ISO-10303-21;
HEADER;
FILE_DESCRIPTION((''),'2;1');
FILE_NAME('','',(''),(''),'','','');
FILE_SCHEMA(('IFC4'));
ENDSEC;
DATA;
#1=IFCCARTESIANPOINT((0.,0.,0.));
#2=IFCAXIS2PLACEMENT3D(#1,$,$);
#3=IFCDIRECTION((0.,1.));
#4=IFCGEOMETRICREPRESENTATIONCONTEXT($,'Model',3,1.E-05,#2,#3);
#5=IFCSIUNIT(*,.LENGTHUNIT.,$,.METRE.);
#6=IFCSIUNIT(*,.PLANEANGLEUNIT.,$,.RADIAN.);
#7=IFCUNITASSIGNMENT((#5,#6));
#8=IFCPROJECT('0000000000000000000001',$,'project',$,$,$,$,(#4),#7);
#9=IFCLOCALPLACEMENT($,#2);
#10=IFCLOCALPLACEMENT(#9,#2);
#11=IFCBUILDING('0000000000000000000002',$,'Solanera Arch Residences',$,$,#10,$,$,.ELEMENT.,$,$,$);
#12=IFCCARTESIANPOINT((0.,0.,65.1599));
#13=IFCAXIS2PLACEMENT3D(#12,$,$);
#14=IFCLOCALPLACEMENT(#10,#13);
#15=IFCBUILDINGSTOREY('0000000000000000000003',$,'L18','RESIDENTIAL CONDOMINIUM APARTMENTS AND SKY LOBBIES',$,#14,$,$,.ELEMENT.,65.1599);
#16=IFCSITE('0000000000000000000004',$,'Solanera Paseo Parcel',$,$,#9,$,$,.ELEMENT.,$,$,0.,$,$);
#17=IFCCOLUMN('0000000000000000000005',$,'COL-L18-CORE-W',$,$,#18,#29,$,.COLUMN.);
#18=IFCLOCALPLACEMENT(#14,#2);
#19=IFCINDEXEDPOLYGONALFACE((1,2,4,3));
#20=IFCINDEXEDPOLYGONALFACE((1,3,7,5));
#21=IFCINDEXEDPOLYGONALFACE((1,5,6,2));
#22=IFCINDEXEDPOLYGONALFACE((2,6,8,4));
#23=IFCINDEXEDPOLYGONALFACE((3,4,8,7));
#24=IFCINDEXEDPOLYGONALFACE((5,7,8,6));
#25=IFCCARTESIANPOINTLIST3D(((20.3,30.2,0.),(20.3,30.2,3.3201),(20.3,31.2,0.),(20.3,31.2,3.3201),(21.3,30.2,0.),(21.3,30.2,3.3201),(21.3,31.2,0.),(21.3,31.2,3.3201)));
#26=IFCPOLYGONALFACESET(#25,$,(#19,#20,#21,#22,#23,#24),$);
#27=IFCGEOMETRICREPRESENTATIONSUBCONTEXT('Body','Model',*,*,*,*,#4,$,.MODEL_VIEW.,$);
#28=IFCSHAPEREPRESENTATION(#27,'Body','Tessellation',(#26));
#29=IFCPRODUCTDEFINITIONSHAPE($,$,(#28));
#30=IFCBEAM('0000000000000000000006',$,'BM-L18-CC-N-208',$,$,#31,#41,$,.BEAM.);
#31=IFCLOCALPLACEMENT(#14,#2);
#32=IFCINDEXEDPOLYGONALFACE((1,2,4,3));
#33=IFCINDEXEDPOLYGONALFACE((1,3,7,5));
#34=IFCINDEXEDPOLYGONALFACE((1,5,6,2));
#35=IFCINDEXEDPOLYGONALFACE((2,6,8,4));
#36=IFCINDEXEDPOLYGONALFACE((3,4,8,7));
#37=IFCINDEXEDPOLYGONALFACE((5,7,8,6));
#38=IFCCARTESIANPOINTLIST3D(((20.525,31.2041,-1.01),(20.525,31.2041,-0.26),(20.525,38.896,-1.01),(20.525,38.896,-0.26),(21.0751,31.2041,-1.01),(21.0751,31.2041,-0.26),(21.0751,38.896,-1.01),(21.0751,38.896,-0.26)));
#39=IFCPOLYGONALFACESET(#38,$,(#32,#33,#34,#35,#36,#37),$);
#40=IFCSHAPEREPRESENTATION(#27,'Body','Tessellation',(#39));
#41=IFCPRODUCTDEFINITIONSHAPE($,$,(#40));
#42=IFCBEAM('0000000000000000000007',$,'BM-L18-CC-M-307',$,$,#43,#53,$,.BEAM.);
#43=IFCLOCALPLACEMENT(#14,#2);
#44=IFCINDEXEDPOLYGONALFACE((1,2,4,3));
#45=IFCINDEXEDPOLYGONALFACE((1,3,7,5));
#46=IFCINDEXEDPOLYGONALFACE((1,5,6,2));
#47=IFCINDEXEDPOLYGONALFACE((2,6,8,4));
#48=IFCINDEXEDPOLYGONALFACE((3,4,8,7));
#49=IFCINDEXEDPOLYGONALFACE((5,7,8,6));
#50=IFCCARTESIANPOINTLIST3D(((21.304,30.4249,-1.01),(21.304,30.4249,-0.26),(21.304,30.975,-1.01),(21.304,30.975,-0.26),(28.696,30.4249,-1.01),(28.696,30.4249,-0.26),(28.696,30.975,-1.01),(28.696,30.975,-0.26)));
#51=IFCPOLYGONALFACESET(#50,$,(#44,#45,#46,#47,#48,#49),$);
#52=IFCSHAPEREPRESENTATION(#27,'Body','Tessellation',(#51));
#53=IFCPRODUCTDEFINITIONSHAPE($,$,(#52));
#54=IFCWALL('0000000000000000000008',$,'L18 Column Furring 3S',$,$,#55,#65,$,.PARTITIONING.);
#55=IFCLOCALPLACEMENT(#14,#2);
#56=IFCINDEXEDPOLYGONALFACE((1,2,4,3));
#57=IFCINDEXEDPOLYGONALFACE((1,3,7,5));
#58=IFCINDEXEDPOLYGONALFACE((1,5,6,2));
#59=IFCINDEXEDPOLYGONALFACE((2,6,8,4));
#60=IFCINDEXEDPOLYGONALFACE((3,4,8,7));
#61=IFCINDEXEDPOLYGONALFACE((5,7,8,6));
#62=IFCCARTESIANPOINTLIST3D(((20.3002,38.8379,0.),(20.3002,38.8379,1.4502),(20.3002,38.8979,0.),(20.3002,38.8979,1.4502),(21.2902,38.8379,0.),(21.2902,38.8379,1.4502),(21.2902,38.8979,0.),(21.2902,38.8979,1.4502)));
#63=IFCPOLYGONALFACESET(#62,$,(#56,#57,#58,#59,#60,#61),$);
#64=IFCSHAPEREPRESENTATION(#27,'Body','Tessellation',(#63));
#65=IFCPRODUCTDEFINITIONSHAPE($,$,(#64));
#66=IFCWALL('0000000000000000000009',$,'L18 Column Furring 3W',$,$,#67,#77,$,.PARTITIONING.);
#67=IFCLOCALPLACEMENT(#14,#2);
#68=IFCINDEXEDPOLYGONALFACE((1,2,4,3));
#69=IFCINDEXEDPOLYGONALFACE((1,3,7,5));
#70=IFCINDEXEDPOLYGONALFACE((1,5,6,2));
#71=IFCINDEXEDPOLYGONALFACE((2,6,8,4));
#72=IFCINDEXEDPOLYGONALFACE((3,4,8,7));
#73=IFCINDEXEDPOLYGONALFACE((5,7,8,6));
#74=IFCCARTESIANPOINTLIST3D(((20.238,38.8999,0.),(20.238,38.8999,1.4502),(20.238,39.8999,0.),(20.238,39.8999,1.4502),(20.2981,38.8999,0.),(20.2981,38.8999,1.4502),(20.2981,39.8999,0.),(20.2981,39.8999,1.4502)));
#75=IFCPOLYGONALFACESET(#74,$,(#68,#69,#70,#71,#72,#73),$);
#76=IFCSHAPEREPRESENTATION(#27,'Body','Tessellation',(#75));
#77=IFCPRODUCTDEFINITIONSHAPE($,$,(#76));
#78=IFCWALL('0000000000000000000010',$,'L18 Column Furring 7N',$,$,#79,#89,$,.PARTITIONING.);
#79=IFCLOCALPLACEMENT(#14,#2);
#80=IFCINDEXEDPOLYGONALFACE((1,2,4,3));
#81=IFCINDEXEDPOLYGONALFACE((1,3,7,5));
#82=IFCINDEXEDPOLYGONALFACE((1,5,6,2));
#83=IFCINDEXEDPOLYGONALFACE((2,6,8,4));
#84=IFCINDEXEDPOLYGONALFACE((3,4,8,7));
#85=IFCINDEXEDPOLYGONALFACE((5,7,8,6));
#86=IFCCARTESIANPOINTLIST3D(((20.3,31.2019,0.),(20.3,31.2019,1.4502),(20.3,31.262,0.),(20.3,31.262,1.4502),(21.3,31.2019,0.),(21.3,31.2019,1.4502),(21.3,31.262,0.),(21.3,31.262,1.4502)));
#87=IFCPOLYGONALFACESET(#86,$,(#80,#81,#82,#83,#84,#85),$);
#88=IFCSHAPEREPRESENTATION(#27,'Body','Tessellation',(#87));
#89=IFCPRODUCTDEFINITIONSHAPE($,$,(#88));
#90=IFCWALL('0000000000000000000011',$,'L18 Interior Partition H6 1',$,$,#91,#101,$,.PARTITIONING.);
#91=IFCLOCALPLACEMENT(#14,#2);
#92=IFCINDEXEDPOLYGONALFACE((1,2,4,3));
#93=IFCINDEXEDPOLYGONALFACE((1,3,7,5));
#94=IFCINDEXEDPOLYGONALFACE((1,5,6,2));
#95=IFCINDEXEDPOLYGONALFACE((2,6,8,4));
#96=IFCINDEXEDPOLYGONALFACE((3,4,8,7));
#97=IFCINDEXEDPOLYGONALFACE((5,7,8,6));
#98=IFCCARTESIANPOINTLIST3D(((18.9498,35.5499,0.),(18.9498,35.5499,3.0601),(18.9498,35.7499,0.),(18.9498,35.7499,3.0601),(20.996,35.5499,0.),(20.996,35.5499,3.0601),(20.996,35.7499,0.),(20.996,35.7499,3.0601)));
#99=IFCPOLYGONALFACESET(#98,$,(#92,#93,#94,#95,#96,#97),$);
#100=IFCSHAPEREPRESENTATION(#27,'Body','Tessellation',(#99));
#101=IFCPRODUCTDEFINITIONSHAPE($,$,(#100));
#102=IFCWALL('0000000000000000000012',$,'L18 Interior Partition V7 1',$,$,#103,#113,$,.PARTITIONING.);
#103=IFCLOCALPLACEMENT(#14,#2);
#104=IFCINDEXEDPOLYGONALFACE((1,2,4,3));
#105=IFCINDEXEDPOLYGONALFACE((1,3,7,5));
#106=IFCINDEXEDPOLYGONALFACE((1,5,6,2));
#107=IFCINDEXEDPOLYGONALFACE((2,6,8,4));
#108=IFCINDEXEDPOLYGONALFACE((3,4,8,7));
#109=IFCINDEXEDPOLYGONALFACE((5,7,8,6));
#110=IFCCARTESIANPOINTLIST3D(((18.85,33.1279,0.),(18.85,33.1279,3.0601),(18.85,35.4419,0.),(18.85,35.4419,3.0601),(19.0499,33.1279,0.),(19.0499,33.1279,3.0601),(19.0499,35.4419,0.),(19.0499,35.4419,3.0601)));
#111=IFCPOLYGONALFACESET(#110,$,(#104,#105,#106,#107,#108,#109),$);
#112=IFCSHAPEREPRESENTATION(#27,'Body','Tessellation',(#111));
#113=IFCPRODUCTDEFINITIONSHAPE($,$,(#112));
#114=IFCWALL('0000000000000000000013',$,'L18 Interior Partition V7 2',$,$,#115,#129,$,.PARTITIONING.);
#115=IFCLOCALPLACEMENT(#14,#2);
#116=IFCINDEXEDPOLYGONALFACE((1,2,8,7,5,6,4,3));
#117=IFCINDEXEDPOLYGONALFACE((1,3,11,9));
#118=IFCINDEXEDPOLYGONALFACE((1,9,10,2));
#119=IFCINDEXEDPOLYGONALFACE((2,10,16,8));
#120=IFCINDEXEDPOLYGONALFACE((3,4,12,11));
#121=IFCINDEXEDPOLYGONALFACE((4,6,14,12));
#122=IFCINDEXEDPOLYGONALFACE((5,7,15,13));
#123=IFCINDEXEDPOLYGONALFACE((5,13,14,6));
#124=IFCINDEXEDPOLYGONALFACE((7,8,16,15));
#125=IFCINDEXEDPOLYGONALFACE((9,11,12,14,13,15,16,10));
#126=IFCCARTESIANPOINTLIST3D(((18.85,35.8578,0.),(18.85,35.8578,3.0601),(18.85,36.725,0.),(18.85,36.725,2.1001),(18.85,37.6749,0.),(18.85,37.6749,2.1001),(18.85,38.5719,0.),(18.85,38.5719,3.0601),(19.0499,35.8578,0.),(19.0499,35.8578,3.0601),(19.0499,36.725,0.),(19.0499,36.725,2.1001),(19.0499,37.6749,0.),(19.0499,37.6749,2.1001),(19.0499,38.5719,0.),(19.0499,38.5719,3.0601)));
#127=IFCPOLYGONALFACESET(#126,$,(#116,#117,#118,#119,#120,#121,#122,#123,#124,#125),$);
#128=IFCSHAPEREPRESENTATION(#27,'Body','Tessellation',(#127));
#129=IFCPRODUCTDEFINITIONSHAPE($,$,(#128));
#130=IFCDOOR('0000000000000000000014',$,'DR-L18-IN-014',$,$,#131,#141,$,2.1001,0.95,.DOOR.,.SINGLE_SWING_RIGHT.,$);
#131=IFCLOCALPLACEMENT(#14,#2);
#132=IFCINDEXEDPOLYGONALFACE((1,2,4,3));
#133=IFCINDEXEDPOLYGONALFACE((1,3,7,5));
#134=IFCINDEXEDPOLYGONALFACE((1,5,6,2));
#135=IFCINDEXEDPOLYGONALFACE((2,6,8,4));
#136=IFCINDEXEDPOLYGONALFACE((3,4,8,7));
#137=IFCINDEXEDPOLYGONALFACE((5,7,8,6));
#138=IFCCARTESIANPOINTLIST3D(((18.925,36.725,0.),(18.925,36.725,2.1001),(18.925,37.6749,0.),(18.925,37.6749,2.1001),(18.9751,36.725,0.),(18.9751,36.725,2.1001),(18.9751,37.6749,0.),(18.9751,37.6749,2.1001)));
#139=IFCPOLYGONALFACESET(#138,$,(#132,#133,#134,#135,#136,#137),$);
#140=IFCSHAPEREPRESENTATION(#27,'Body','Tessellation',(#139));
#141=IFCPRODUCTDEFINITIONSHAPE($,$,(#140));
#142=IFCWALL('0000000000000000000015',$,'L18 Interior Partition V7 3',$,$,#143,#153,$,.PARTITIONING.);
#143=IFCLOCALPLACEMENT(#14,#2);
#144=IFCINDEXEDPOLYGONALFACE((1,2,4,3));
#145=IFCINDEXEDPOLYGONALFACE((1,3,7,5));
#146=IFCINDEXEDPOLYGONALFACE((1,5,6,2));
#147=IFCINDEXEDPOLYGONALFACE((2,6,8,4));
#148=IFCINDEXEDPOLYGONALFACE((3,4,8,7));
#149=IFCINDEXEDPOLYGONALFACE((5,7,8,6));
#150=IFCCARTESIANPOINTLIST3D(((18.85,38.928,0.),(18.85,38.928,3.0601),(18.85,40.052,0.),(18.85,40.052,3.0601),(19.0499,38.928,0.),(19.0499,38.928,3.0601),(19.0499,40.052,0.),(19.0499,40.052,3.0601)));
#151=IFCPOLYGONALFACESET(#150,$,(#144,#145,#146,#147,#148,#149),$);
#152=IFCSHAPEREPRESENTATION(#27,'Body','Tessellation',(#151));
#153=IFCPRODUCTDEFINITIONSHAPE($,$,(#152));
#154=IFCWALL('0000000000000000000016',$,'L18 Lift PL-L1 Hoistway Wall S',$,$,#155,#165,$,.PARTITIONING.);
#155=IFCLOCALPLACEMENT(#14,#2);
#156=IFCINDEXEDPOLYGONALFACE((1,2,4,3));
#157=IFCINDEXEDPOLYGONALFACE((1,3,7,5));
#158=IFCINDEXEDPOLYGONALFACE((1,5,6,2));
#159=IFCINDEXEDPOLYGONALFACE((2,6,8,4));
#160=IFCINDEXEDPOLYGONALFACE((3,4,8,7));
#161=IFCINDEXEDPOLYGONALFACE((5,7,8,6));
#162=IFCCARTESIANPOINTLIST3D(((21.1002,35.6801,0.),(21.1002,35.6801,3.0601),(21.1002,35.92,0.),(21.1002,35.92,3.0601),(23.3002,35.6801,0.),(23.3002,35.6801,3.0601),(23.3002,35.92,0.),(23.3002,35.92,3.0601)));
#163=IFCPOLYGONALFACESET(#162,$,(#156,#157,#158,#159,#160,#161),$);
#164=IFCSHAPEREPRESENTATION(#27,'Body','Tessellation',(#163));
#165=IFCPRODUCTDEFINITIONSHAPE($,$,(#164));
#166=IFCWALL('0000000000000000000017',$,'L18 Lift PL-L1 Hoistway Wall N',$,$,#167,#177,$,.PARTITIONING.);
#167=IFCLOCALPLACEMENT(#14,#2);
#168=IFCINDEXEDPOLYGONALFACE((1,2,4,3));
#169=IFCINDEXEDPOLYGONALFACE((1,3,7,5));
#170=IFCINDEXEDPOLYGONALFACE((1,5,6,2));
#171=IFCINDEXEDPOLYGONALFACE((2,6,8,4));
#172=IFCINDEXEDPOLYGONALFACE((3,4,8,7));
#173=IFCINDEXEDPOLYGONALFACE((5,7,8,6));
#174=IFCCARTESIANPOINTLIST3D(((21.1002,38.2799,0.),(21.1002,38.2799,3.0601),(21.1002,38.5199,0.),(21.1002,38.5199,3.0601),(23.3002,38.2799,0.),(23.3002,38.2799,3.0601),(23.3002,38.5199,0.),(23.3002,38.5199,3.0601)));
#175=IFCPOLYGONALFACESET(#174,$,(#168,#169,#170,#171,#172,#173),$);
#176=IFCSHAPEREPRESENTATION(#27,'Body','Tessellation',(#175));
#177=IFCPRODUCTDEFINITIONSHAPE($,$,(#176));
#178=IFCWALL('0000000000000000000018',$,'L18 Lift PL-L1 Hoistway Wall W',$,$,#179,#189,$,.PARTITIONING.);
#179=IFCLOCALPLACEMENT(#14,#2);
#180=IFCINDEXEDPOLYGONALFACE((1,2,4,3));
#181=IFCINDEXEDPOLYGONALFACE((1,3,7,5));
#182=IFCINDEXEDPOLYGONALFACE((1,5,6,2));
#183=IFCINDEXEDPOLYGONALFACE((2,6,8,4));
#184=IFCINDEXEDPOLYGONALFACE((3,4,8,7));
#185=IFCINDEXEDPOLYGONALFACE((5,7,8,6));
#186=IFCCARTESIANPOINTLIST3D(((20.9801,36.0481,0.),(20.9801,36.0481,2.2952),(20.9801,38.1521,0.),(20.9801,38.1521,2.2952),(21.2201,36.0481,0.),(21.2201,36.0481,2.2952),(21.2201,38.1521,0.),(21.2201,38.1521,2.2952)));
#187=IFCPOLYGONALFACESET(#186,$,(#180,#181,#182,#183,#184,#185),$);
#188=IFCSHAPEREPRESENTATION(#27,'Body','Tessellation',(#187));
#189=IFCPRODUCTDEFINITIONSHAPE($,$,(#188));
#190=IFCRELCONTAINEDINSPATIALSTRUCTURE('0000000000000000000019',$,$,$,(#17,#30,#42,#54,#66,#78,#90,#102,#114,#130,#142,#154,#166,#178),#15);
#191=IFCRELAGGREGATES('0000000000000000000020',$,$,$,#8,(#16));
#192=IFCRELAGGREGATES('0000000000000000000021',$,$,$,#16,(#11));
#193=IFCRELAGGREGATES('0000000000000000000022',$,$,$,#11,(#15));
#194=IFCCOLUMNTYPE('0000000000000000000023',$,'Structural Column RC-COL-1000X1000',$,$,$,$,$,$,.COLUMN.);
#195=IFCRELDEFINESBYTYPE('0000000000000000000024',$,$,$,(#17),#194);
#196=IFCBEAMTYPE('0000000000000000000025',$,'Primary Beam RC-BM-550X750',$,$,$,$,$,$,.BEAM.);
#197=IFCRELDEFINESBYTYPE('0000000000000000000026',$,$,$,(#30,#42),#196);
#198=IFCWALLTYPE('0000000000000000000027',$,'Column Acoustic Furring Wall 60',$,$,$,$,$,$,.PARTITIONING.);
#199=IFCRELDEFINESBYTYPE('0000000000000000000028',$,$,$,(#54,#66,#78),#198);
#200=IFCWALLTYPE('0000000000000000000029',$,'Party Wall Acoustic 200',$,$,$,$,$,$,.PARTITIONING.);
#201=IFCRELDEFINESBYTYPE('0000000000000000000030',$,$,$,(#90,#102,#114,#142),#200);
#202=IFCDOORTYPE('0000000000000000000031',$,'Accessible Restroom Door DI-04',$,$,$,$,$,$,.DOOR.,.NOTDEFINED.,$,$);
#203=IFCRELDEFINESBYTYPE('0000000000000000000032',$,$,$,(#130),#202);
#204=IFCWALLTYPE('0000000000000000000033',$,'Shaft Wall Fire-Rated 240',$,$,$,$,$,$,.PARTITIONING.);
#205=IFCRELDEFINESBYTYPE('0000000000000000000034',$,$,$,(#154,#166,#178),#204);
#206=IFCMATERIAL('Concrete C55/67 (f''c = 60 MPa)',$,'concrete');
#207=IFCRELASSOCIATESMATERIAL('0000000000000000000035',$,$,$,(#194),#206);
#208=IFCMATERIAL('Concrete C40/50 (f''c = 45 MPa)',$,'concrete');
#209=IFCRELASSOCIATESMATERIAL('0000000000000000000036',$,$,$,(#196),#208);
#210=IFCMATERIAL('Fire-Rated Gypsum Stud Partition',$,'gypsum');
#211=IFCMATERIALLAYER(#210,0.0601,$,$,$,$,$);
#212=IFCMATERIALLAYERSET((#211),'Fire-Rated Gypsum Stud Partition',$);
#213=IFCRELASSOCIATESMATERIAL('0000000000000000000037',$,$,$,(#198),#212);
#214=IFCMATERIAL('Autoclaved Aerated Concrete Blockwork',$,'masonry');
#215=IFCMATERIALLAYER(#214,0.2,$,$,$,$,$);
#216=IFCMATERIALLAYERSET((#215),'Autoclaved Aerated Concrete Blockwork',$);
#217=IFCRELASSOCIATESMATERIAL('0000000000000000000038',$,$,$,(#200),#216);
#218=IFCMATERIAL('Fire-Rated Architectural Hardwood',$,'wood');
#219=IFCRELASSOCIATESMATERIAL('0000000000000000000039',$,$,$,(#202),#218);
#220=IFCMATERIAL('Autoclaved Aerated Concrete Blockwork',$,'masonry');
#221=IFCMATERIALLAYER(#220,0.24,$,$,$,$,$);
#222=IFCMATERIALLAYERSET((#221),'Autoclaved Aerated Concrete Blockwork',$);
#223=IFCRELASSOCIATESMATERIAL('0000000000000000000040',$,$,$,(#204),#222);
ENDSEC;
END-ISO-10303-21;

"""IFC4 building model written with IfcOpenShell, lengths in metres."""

from ifc_helpers import new_model, si_unit, direction, frame, frame_2d, origin, origin_2d, place, context, subcontext, project, spatial, rectangle, extrude, material, layer, layer_set, material_profile, profile_set, type_object, element, fill, save


model = new_model("IFC4")

# Units and contexts
model_context = context("Model", 3, precision=1e-05, world=origin(), true_north=direction((0.0, 1.0)))
body_context = subcontext(model_context, "Body", "Model", "MODEL_VIEW")
ifc_project = project(units=[si_unit("LENGTHUNIT", "METRE"), si_unit("PLANEANGLEUNIT", "RADIAN")], contexts=[model_context])

# Site, building, storey
site_placement = place(None, origin())
site = spatial("IfcSite", under=ifc_project, at=site_placement, Name="Solanera Paseo Parcel", CompositionType="ELEMENT", RefElevation=0.0)
building_placement = place(site_placement, origin())
building = spatial("IfcBuilding", under=site, at=building_placement, Name="Solanera Arch Residences", CompositionType="ELEMENT")
storey_placement = place(building_placement, frame((0.0, 0.0, 65.1599)))
storey = spatial("IfcBuildingStorey", under=building, at=storey_placement, Name="L18", Description="RESIDENTIAL CONDOMINIUM APARTMENTS AND SKY LOBBIES", CompositionType="ELEMENT", Elevation=65.1599)

# Column
ifc_material_1 = material(Name="Concrete C55/67 (f'c = 60 MPa)", Category="concrete")
ifc_material_profile_1 = material_profile(ifc_material_1, rectangle(XDim=1.0, YDim=1.0, at=origin_2d()))
ifc_profile_set_1 = profile_set([ifc_material_profile_1], Name="Concrete C55/67 (f'c = 60 MPa)")
column_type = type_object("IfcColumnType", Name="Structural Column RC-COL-1000X1000", PredefinedType="COLUMN", material=ifc_profile_set_1)
column_placement = place(storey_placement, frame((20.8, 30.7, 0.0), z_axis=(0.0, 0.0, 1.0), x_axis=(1.0, 0.0, 0.0)))
element("IfcColumn", 1, at=column_placement, inside=storey, type_object=column_type, Name="COL-L18-CORE-W", PredefinedType="COLUMN", context=body_context, shape_type="SweptSolid", body=[
    extrude(rectangle(XDim=1.0, YDim=1.0, at=origin_2d()), origin(), (0.0, 0.0, 1.0), 3.3201),
])

# Beams
ifc_material_2 = material(Name="Concrete C40/50 (f'c = 45 MPa)", Category="concrete")
ifc_material_profile_2 = material_profile(ifc_material_2, rectangle(XDim=0.55, YDim=0.75, at=origin_2d()))
ifc_profile_set_2 = profile_set([ifc_material_profile_2], Name="Concrete C40/50 (f'c = 45 MPa)")
beam_type = type_object("IfcBeamType", Name="Primary Beam RC-BM-550X750", PredefinedType="BEAM", material=ifc_profile_set_2)
beam_1_placement = place(storey_placement, frame((20.8, 31.2041, -0.635), z_axis=(0.0, 1.0, 0.0), x_axis=(-1.0, 0.0, 0.0)))
element("IfcBeam", 2, at=beam_1_placement, inside=storey, type_object=beam_type, Name="BM-L18-CC-N-208", PredefinedType="BEAM", context=body_context, shape_type="SweptSolid", body=[
    extrude(rectangle(XDim=0.55, YDim=0.75, at=origin_2d()), origin(), (0.0, 0.0, 1.0), 7.6919),
])
beam_2_placement = place(storey_placement, frame((21.304, 30.7, -0.635), z_axis=(1.0, 0.0, 0.0), x_axis=(0.0, 1.0, 0.0)))
element("IfcBeam", 3, at=beam_2_placement, inside=storey, type_object=beam_type, Name="BM-L18-CC-M-307", PredefinedType="BEAM", context=body_context, shape_type="SweptSolid", body=[
    extrude(rectangle(XDim=0.55, YDim=0.75, at=origin_2d()), origin(), (0.0, 0.0, 1.0), 7.3921),
])

# Walls
ifc_material_3 = material(Name="Fire-Rated Gypsum Stud Partition", Category="gypsum")
ifc_layer_1 = layer(ifc_material_3, 0.0601)
ifc_layer_set_1 = layer_set([ifc_layer_1], Name="Fire-Rated Gypsum Stud Partition")
wall_type_1 = type_object("IfcWallType", Name="Column Acoustic Furring Wall 60", PredefinedType="PARTITIONING", material=ifc_layer_set_1)
wall_1_placement = place(storey_placement, frame((20.3, 38.8679, 0.0), z_axis=(0.0, 0.0, 1.0), x_axis=(1.0, 0.0, 0.0)))
element("IfcWall", 4, at=wall_1_placement, inside=storey, type_object=wall_type_1, Name="L18 Column Furring 3S", PredefinedType="PARTITIONING", context=body_context, shape_type="SweptSolid", body=[
    extrude(rectangle(XDim=0.99, YDim=0.0601, at=frame_2d((0.4951, 0.0))), origin(), (0.0, 0.0, 1.0), 1.4502),
])
for number, where, z_axis, x_axis, name in (
    (5, (20.2681, 38.8999, 0.0), (0.0, 0.0, 1.0), (0.0, 1.0, 0.0), "L18 Column Furring 3W"),
    (6, (20.3, 31.2319, 0.0), (0.0, 0.0, 1.0), (1.0, 0.0, 0.0), "L18 Column Furring 7N"),
):
    element("IfcWall", number, at=place(storey_placement, frame(where, z_axis=z_axis, x_axis=x_axis)), inside=storey, type_object=wall_type_1, Name=name, PredefinedType="PARTITIONING", context=body_context, shape_type="SweptSolid", body=[
        extrude(rectangle(XDim=1.0, YDim=0.0601, at=frame_2d((0.5, 0.0))), origin(), (0.0, 0.0, 1.0), 1.4502),
    ])

# Walls
ifc_material_4 = material(Name="Autoclaved Aerated Concrete Blockwork", Category="masonry")
ifc_layer_2 = layer(ifc_material_4, 0.2)
ifc_layer_set_2 = layer_set([ifc_layer_2], Name="Autoclaved Aerated Concrete Blockwork")
wall_type_2 = type_object("IfcWallType", Name="Party Wall Acoustic 200", PredefinedType="PARTITIONING", material=ifc_layer_set_2)
wall_2_placement = place(storey_placement, frame((18.95, 35.6499, 0.0), z_axis=(0.0, 0.0, 1.0), x_axis=(1.0, 0.0, 0.0)))
element("IfcWall", 7, at=wall_2_placement, inside=storey, type_object=wall_type_2, Name="L18 Interior Partition H6 1", PredefinedType="PARTITIONING", context=body_context, shape_type="SweptSolid", body=[
    extrude(rectangle(XDim=2.0461, YDim=0.2, at=frame_2d((1.0229, 0.0))), origin(), (0.0, 0.0, 1.0), 3.0601),
])
wall_3_placement = place(storey_placement, frame((18.95, 33.1279, 0.0), z_axis=(0.0, 0.0, 1.0), x_axis=(0.0, 1.0, 0.0)))
element("IfcWall", 8, at=wall_3_placement, inside=storey, type_object=wall_type_2, Name="L18 Interior Partition V7 1", PredefinedType="PARTITIONING", context=body_context, shape_type="SweptSolid", body=[
    extrude(rectangle(XDim=2.314, YDim=0.2, at=frame_2d((1.157, 0.0))), origin(), (0.0, 0.0, 1.0), 3.0601),
])

# Wall, opening, door
wall_4_placement = place(storey_placement, frame((18.95, 35.8579, 0.0), z_axis=(0.0, 0.0, 1.0), x_axis=(0.0, 1.0, 0.0)))
wall_4 = element("IfcWall", 9, at=wall_4_placement, inside=storey, type_object=wall_type_2, Name="L18 Interior Partition V7 2", PredefinedType="PARTITIONING", context=body_context, shape_type="SweptSolid", body=[
    extrude(rectangle(XDim=2.7141, YDim=0.2, at=frame_2d((1.3569, 0.0))), origin(), (0.0, 0.0, 1.0), 3.0601),
])
opening_1_placement = place(wall_4_placement, frame((0.8669, 0.0, 0.0)))
opening_1 = element("IfcOpeningElement", 10, at=opening_1_placement, cuts=wall_4, PredefinedType="OPENING", context=body_context, shape_type="SweptSolid", body=[
    extrude(rectangle(XDim=0.95, YDim=2.1001, at=frame_2d((0.4751, 1.05))), frame((0.0, 0.1101, 0.0), z_axis=(0.0, -1.0, 0.0), x_axis=(1.0, 0.0, 0.0)), (0.0, 0.0, 1.0), 0.22),
])
ifc_material_5 = material(Name="Fire-Rated Architectural Hardwood", Category="wood")
door_type_1 = type_object("IfcDoorType", Name="Accessible Restroom Door DI-04", OperationType="NOTDEFINED", PredefinedType="DOOR", material=ifc_material_5)
door_1_placement = place(opening_1_placement, origin())
door_1 = element("IfcDoor", 11, at=door_1_placement, inside=storey, type_object=door_type_1, Name="DR-L18-IN-014", OperationType="SINGLE_SWING_RIGHT", OverallHeight=2.1001, OverallWidth=0.95, PredefinedType="DOOR", context=body_context, shape_type="SweptSolid", body=[
    extrude(rectangle(XDim=0.95, YDim=2.1001, at=frame_2d((0.4751, 1.05))), frame((0.0, 0.0249, 0.0), z_axis=(0.0, -1.0, 0.0), x_axis=(1.0, 0.0, 0.0)), (0.0, 0.0, 1.0), 0.05),
])
fill(opening_1, door_1)

# Walls
wall_5_placement = place(storey_placement, frame((18.95, 38.928, 0.0), z_axis=(0.0, 0.0, 1.0), x_axis=(0.0, 1.0, 0.0)))
element("IfcWall", 12, at=wall_5_placement, inside=storey, type_object=wall_type_2, Name="L18 Interior Partition V7 3", PredefinedType="PARTITIONING", context=body_context, shape_type="SweptSolid", body=[
    extrude(rectangle(XDim=1.124, YDim=0.2, at=frame_2d((0.562, 0.0))), origin(), (0.0, 0.0, 1.0), 3.0601),
])
ifc_material_6 = material(Name="Autoclaved Aerated Concrete Blockwork", Category="masonry")
ifc_layer_3 = layer(ifc_material_6, 0.24)
ifc_layer_set_3 = layer_set([ifc_layer_3], Name="Autoclaved Aerated Concrete Blockwork")
wall_type_3 = type_object("IfcWallType", Name="Shaft Wall Fire-Rated 240", PredefinedType="PARTITIONING", material=ifc_layer_set_3)
for number, where, z_axis, x_axis, name in (
    (13, (21.1001, 35.8, 0.0), (0.0, 0.0, 1.0), (1.0, 0.0, 0.0), "L18 Lift PL-L1 Hoistway Wall S"),
    (14, (21.1001, 38.3999, 0.0), (0.0, 0.0, 1.0), (1.0, 0.0, 0.0), "L18 Lift PL-L1 Hoistway Wall N"),
):
    element("IfcWall", number, at=place(storey_placement, frame(where, z_axis=z_axis, x_axis=x_axis)), inside=storey, type_object=wall_type_3, Name=name, PredefinedType="PARTITIONING", context=body_context, shape_type="SweptSolid", body=[
        extrude(rectangle(XDim=2.2, YDim=0.24, at=frame_2d((1.1001, 0.0))), origin(), (0.0, 0.0, 1.0), 3.0601),
    ])
wall_6_placement = place(storey_placement, frame((21.1001, 36.0481, 0.0), z_axis=(0.0, 0.0, 1.0), x_axis=(0.0, 1.0, 0.0)))
element("IfcWall", 15, at=wall_6_placement, inside=storey, type_object=wall_type_3, Name="L18 Lift PL-L1 Hoistway Wall W", PredefinedType="PARTITIONING", context=body_context, shape_type="SweptSolid", body=[
    extrude(rectangle(XDim=2.104, YDim=0.24, at=frame_2d((1.052, 0.0))), origin(), (0.0, 0.0, 1.0), 2.2952),
])

save(model, "model.ifc")
